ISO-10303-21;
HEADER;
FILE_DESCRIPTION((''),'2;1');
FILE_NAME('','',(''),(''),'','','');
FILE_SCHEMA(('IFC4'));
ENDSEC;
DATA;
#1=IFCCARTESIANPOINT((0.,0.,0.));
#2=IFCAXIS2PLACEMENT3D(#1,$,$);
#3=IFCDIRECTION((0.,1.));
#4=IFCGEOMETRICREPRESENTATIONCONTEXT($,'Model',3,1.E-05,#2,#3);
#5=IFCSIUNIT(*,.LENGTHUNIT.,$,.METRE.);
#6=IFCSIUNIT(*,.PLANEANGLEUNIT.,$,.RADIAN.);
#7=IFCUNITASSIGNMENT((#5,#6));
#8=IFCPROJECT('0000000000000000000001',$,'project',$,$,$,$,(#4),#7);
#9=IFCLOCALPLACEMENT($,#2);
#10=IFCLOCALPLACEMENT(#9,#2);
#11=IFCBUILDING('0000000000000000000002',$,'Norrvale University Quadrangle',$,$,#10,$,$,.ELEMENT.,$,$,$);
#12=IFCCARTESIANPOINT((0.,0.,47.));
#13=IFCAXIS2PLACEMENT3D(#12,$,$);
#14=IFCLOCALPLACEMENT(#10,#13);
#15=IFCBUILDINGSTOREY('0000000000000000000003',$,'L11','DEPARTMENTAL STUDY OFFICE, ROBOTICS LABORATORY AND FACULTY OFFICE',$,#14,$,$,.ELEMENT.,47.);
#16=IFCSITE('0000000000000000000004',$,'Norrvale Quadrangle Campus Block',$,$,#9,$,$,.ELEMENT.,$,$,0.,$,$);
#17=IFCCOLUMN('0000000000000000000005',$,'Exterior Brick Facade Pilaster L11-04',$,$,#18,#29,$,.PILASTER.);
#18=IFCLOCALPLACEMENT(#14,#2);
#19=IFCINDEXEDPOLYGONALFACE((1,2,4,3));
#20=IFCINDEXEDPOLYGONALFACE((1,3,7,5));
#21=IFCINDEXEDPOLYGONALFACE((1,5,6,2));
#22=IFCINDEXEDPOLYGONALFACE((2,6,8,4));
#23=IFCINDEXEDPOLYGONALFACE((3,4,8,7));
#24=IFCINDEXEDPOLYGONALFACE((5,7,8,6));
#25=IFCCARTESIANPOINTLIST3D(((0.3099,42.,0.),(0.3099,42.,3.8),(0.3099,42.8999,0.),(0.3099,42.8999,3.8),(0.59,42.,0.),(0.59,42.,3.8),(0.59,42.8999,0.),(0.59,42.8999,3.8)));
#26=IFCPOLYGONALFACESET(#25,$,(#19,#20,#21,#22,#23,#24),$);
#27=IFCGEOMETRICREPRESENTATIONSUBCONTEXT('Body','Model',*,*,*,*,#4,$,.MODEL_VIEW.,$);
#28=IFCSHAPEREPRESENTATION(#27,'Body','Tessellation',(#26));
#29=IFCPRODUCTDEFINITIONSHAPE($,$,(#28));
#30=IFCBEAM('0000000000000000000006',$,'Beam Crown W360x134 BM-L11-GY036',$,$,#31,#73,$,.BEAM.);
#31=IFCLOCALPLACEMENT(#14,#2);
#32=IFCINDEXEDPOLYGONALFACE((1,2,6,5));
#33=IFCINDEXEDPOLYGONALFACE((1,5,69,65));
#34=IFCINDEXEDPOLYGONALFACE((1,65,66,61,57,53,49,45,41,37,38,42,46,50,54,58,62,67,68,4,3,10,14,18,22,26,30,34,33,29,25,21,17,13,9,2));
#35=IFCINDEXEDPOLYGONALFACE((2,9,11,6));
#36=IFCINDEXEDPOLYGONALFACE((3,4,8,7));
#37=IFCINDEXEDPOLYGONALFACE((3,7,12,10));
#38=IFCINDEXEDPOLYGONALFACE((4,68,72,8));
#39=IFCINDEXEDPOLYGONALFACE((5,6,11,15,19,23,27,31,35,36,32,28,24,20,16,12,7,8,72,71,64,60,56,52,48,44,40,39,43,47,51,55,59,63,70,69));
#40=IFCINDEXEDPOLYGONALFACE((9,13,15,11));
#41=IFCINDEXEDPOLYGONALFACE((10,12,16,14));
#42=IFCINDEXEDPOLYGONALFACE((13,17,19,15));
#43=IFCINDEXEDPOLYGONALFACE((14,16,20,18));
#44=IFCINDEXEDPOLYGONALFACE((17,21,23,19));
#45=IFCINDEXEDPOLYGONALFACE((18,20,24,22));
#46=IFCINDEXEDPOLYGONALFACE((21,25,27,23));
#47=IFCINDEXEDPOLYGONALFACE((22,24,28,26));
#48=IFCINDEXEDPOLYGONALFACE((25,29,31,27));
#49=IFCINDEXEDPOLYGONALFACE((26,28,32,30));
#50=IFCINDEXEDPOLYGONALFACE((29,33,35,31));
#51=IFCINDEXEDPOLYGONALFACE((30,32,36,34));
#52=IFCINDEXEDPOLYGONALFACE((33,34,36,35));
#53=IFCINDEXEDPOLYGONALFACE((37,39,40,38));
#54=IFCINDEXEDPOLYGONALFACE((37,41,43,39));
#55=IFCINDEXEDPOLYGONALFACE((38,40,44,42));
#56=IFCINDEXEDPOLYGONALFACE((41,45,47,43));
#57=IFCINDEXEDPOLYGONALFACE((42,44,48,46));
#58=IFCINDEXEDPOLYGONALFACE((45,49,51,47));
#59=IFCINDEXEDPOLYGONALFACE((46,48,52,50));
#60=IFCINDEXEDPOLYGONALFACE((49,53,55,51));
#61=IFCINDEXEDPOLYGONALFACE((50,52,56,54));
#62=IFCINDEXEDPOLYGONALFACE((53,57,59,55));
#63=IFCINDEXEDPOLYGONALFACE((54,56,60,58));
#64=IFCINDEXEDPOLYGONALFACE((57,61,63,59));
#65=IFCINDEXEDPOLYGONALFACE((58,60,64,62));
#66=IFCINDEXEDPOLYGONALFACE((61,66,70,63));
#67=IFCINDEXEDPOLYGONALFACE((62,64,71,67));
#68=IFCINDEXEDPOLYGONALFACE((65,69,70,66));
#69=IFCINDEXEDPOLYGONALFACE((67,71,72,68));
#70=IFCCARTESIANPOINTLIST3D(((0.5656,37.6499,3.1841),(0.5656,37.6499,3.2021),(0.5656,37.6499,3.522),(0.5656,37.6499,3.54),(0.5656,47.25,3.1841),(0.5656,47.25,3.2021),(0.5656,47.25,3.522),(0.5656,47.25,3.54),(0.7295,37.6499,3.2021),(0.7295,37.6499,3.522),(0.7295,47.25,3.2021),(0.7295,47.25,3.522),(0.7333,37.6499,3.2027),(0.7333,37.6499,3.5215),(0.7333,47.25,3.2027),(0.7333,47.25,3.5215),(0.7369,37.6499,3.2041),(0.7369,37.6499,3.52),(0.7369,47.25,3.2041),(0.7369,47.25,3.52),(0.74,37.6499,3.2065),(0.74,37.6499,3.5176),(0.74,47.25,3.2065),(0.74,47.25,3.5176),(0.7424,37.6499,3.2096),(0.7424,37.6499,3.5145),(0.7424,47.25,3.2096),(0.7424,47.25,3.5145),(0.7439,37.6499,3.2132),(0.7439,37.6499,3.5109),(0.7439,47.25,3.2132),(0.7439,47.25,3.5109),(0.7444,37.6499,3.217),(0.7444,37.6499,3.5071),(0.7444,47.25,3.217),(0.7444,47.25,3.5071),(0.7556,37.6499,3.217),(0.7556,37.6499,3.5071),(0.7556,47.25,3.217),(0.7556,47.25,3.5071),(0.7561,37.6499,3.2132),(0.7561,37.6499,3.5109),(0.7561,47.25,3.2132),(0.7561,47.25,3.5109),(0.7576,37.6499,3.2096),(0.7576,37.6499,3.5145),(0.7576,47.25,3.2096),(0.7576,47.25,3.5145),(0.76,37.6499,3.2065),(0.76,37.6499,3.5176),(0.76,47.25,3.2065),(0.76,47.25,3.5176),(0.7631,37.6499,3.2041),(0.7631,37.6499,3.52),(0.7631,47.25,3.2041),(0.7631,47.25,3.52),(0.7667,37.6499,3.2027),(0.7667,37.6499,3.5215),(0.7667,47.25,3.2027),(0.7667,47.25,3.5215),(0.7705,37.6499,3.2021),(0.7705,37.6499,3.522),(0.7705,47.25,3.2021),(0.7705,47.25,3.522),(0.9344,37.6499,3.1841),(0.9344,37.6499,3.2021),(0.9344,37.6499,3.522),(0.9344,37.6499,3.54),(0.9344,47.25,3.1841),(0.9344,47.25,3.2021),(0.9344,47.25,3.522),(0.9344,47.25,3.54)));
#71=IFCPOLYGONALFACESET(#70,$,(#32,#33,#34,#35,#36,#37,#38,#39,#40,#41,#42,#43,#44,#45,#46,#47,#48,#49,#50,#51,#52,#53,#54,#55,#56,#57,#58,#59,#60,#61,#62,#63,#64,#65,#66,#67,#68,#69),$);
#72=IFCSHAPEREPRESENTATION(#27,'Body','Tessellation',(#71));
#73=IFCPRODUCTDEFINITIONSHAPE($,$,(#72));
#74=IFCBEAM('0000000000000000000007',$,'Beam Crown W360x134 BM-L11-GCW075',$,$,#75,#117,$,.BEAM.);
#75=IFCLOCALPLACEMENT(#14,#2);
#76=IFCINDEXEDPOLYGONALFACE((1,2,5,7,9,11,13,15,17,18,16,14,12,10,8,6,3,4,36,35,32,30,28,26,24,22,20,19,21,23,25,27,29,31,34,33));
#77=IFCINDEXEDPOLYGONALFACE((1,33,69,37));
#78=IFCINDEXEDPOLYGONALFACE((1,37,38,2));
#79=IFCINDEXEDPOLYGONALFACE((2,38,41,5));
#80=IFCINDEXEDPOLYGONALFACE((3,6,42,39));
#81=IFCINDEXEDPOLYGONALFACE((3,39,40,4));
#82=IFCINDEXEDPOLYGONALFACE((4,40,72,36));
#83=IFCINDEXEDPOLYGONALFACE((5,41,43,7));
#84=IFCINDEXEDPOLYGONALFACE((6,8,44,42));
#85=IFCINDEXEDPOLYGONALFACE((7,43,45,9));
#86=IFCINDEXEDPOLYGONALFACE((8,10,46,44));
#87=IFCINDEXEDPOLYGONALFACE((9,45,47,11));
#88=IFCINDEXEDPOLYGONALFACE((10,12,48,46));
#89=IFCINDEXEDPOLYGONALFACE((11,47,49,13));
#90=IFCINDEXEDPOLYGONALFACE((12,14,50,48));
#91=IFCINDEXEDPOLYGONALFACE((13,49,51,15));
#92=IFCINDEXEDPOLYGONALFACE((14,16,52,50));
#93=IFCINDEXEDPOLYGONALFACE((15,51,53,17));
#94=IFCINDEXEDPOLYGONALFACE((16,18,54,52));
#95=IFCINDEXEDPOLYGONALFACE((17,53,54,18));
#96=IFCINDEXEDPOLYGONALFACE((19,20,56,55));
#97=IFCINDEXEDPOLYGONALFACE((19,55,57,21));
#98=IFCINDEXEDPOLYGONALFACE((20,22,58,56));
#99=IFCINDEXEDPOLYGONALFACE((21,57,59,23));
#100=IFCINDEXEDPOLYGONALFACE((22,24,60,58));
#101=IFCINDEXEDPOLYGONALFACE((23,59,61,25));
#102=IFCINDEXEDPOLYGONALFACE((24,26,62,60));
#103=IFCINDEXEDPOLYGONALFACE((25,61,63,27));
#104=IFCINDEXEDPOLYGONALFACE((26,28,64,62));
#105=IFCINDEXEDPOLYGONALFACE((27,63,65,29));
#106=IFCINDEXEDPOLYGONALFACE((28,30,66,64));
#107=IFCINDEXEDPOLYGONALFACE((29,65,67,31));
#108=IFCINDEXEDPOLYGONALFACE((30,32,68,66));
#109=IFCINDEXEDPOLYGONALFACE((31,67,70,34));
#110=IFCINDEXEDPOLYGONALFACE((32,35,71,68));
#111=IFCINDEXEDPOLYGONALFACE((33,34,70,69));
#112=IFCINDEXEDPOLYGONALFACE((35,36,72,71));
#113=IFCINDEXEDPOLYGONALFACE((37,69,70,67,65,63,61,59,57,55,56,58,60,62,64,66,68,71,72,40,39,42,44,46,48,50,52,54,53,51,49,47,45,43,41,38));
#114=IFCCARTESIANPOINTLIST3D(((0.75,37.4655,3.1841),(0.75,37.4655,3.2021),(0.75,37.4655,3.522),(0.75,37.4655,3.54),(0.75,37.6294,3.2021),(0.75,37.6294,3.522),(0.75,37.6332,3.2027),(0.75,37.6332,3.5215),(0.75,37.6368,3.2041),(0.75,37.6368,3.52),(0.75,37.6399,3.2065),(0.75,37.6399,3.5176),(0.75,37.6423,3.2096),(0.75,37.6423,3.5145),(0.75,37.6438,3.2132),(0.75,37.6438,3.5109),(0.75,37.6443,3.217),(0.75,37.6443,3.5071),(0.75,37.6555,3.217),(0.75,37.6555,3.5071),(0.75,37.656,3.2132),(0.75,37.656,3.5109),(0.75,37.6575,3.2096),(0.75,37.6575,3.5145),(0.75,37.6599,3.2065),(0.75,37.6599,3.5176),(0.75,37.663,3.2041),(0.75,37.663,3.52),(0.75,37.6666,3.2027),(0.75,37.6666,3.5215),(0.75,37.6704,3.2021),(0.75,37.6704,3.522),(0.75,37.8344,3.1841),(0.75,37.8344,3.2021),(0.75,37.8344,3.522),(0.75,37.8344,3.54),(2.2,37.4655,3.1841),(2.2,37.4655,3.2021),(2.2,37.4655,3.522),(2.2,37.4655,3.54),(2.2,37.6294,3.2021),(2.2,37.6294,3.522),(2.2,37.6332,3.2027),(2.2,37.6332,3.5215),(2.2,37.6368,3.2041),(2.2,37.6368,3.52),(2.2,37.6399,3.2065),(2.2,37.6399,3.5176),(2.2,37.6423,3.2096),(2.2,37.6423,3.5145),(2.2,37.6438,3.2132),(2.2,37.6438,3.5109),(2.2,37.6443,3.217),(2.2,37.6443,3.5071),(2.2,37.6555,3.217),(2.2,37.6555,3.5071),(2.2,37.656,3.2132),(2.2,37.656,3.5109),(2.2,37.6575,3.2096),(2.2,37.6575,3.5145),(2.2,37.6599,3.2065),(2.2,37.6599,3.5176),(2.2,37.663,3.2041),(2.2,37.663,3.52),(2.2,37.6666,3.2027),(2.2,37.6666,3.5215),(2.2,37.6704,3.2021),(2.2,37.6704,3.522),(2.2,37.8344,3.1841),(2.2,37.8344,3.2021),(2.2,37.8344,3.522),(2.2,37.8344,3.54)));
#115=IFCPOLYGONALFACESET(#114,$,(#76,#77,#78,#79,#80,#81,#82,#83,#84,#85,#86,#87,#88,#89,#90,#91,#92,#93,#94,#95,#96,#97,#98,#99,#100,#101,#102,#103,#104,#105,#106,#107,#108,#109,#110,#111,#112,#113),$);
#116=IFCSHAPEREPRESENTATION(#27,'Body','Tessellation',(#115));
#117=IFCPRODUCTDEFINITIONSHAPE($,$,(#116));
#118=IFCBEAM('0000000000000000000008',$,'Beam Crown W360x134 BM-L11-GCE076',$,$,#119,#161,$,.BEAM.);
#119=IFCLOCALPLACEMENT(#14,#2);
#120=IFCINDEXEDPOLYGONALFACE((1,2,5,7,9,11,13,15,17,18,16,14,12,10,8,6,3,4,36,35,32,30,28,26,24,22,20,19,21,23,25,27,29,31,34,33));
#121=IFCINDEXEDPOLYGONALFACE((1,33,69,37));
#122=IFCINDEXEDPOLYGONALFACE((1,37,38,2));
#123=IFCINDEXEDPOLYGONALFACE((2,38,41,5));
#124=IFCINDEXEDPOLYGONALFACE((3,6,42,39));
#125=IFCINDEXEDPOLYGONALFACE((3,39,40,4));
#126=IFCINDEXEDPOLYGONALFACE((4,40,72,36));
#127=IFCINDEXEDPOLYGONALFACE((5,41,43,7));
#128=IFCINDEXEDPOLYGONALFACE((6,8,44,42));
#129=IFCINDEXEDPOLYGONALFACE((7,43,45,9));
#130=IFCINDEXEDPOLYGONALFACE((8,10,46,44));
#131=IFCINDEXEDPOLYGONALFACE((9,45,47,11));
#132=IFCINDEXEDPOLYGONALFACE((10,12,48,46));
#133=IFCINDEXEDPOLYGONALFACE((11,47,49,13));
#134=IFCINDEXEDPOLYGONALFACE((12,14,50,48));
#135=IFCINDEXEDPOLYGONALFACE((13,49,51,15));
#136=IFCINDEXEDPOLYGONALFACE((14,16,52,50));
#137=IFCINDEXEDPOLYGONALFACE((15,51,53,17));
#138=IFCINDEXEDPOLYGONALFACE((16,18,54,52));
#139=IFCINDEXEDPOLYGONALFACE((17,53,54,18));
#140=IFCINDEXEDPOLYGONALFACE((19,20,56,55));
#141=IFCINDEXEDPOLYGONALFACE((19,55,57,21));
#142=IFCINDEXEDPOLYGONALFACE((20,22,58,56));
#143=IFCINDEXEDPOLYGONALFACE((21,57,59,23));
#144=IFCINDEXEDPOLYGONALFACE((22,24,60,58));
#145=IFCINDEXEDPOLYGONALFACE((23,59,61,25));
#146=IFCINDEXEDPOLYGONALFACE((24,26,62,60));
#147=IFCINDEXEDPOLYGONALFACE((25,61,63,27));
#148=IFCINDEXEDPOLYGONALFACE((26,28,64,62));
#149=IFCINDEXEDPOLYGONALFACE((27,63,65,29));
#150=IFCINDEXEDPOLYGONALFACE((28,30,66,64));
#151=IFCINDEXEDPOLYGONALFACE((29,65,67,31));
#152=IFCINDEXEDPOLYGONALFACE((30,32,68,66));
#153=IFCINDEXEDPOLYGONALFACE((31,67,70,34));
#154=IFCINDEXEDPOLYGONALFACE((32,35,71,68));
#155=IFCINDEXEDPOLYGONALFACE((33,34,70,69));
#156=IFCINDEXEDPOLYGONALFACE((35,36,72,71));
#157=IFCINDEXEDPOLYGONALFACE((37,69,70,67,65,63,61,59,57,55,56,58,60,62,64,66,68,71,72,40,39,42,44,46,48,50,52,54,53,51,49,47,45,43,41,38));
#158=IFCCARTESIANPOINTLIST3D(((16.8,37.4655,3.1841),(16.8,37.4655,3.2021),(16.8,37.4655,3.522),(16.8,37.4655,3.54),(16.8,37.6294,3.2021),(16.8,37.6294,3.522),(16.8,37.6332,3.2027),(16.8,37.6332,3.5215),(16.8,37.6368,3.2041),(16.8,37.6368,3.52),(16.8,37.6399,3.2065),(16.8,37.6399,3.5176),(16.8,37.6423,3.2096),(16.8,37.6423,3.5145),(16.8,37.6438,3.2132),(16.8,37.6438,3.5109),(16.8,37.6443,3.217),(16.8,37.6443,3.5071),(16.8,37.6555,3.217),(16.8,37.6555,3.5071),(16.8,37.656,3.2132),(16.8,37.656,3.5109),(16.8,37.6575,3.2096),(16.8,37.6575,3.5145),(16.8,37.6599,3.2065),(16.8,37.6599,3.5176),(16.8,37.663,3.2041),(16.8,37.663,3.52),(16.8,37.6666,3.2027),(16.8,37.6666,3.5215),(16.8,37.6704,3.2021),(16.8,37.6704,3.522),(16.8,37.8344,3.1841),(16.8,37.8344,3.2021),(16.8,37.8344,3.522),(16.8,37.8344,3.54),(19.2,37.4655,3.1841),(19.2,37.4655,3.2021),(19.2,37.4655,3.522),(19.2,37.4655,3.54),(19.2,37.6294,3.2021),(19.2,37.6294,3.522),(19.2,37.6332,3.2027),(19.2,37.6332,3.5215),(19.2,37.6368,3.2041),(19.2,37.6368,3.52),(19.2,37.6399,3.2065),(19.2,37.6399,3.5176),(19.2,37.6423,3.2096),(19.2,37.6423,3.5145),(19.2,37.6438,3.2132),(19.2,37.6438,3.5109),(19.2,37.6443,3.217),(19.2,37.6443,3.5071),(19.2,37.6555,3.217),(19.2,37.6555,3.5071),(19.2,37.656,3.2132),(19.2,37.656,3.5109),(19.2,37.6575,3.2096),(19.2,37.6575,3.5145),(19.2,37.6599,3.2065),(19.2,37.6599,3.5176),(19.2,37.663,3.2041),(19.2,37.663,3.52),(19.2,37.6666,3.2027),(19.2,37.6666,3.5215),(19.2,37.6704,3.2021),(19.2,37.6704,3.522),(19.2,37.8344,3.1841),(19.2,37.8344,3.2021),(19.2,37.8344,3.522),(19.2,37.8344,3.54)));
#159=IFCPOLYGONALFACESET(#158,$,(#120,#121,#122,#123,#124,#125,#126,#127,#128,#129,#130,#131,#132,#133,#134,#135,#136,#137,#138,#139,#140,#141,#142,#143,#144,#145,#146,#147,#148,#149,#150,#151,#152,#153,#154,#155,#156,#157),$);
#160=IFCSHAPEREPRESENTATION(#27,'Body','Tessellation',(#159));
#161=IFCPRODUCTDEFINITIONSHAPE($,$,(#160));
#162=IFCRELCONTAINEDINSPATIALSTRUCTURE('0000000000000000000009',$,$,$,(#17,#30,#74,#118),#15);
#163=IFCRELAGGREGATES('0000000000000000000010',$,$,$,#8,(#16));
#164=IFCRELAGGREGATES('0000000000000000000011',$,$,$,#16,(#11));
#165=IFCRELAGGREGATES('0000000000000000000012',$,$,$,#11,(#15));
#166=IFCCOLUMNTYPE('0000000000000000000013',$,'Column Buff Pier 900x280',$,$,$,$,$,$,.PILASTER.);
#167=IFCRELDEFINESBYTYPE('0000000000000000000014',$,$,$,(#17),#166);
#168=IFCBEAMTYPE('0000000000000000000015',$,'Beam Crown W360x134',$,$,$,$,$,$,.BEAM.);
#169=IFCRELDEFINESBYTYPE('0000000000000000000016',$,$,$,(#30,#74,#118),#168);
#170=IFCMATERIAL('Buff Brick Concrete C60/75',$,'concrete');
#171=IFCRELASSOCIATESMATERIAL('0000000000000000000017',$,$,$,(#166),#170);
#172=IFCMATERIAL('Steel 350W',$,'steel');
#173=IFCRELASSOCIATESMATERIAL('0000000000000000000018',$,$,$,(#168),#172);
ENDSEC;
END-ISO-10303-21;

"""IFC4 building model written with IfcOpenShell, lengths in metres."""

from ifc_helpers import new_model, si_unit, direction, frame, origin, origin_2d, place, context, subcontext, project, spatial, rectangle, i_section, extrude, material, material_profile, profile_set, type_object, element, save


model = new_model("IFC4")

# Units and contexts
model_context = context("Model", 3, precision=1e-05, world=origin(), true_north=direction((0.0, 1.0)))
body_context = subcontext(model_context, "Body", "Model", "MODEL_VIEW")
ifc_project = project(units=[si_unit("LENGTHUNIT", "METRE"), si_unit("PLANEANGLEUNIT", "RADIAN")], contexts=[model_context])

# Site, building, storey
site_placement = place(None, origin())
site = spatial("IfcSite", under=ifc_project, at=site_placement, Name="Norrvale Quadrangle Campus Block", CompositionType="ELEMENT", RefElevation=0.0)
building_placement = place(site_placement, origin())
building = spatial("IfcBuilding", under=site, at=building_placement, Name="Norrvale University Quadrangle", CompositionType="ELEMENT")
storey_placement = place(building_placement, frame((0.0, 0.0, 47.0)))
storey = spatial("IfcBuildingStorey", under=building, at=storey_placement, Name="L11", Description="DEPARTMENTAL STUDY OFFICE, ROBOTICS LABORATORY AND FACULTY OFFICE", CompositionType="ELEMENT", Elevation=47.0)

# Column
ifc_material_1 = material(Name="Buff Brick Concrete C60/75", Category="concrete")
ifc_material_profile_1 = material_profile(ifc_material_1, rectangle(XDim=0.8999, YDim=0.28, at=origin_2d()), Name="Buff Brick Concrete C60/75")
ifc_profile_set_1 = profile_set([ifc_material_profile_1], Name="Buff Brick Concrete C60/75")
column_type = type_object("IfcColumnType", Name="Column Buff Pier 900x280", PredefinedType="PILASTER", material=ifc_profile_set_1)
column_placement = place(storey_placement, frame((0.45, 42.45, 0.0), z_axis=(0.0, 0.0, 1.0), x_axis=(0.0, 1.0, 0.0)))
element("IfcColumn", 1, at=column_placement, inside=storey, type_object=column_type, Name="Exterior Brick Facade Pilaster L11-04", PredefinedType="PILASTER", context=body_context, shape_type="SweptSolid", body=[
    extrude(rectangle(XDim=0.8999, YDim=0.28, at=origin_2d()), origin(), (0.0, 0.0, 1.0), 3.8),
])

# Beams
ifc_material_2 = material(Name="Steel 350W", Category="steel")
ifc_material_profile_2 = material_profile(ifc_material_2, i_section(OverallWidth=0.3689, OverallDepth=0.356, WebThickness=0.0112, FlangeThickness=0.0181, FilletRadius=0.0149, at=origin_2d()), Name="Steel 350W")
ifc_profile_set_2 = profile_set([ifc_material_profile_2], Name="Steel 350W")
beam_type_1 = type_object("IfcBeamType", Name="Beam Crown W360x134", PredefinedType="BEAM", material=ifc_profile_set_2)
beam_1_placement = place(storey_placement, frame((0.75, 37.6499, 3.3621), z_axis=(0.0, 1.0, 0.0), x_axis=(-1.0, 0.0, 0.0)))
element("IfcBeam", 2, at=beam_1_placement, inside=storey, type_object=beam_type_1, Name="Beam Crown W360x134 BM-L11-GY036", PredefinedType="BEAM", context=body_context, shape_type="SweptSolid", body=[
    extrude(i_section(OverallWidth=0.3689, OverallDepth=0.356, WebThickness=0.0112, FlangeThickness=0.0181, FilletRadius=0.0149, at=origin_2d()), origin(), (0.0, 0.0, 1.0), 9.6001),
])
beam_2_placement = place(storey_placement, frame((0.75, 37.6499, 3.3621), z_axis=(1.0, 0.0, 0.0), x_axis=(0.0, 1.0, 0.0)))
element("IfcBeam", 3, at=beam_2_placement, inside=storey, type_object=beam_type_1, Name="Beam Crown W360x134 BM-L11-GCW075", PredefinedType="BEAM", context=body_context, shape_type="SweptSolid", body=[
    extrude(i_section(OverallWidth=0.3689, OverallDepth=0.356, WebThickness=0.0112, FlangeThickness=0.0181, FilletRadius=0.0149, at=origin_2d()), origin(), (0.0, 0.0, 1.0), 1.45),
])
beam_3_placement = place(storey_placement, frame((16.8, 37.6499, 3.3621), z_axis=(1.0, 0.0, 0.0), x_axis=(0.0, 1.0, 0.0)))
element("IfcBeam", 4, at=beam_3_placement, inside=storey, type_object=beam_type_1, Name="Beam Crown W360x134 BM-L11-GCE076", PredefinedType="BEAM", context=body_context, shape_type="SweptSolid", body=[
    extrude(i_section(OverallWidth=0.3689, OverallDepth=0.356, WebThickness=0.0112, FlangeThickness=0.0181, FilletRadius=0.0149, at=origin_2d()), origin(), (0.0, 0.0, 1.0), 2.3999),
])

save(model, "model.ifc")
